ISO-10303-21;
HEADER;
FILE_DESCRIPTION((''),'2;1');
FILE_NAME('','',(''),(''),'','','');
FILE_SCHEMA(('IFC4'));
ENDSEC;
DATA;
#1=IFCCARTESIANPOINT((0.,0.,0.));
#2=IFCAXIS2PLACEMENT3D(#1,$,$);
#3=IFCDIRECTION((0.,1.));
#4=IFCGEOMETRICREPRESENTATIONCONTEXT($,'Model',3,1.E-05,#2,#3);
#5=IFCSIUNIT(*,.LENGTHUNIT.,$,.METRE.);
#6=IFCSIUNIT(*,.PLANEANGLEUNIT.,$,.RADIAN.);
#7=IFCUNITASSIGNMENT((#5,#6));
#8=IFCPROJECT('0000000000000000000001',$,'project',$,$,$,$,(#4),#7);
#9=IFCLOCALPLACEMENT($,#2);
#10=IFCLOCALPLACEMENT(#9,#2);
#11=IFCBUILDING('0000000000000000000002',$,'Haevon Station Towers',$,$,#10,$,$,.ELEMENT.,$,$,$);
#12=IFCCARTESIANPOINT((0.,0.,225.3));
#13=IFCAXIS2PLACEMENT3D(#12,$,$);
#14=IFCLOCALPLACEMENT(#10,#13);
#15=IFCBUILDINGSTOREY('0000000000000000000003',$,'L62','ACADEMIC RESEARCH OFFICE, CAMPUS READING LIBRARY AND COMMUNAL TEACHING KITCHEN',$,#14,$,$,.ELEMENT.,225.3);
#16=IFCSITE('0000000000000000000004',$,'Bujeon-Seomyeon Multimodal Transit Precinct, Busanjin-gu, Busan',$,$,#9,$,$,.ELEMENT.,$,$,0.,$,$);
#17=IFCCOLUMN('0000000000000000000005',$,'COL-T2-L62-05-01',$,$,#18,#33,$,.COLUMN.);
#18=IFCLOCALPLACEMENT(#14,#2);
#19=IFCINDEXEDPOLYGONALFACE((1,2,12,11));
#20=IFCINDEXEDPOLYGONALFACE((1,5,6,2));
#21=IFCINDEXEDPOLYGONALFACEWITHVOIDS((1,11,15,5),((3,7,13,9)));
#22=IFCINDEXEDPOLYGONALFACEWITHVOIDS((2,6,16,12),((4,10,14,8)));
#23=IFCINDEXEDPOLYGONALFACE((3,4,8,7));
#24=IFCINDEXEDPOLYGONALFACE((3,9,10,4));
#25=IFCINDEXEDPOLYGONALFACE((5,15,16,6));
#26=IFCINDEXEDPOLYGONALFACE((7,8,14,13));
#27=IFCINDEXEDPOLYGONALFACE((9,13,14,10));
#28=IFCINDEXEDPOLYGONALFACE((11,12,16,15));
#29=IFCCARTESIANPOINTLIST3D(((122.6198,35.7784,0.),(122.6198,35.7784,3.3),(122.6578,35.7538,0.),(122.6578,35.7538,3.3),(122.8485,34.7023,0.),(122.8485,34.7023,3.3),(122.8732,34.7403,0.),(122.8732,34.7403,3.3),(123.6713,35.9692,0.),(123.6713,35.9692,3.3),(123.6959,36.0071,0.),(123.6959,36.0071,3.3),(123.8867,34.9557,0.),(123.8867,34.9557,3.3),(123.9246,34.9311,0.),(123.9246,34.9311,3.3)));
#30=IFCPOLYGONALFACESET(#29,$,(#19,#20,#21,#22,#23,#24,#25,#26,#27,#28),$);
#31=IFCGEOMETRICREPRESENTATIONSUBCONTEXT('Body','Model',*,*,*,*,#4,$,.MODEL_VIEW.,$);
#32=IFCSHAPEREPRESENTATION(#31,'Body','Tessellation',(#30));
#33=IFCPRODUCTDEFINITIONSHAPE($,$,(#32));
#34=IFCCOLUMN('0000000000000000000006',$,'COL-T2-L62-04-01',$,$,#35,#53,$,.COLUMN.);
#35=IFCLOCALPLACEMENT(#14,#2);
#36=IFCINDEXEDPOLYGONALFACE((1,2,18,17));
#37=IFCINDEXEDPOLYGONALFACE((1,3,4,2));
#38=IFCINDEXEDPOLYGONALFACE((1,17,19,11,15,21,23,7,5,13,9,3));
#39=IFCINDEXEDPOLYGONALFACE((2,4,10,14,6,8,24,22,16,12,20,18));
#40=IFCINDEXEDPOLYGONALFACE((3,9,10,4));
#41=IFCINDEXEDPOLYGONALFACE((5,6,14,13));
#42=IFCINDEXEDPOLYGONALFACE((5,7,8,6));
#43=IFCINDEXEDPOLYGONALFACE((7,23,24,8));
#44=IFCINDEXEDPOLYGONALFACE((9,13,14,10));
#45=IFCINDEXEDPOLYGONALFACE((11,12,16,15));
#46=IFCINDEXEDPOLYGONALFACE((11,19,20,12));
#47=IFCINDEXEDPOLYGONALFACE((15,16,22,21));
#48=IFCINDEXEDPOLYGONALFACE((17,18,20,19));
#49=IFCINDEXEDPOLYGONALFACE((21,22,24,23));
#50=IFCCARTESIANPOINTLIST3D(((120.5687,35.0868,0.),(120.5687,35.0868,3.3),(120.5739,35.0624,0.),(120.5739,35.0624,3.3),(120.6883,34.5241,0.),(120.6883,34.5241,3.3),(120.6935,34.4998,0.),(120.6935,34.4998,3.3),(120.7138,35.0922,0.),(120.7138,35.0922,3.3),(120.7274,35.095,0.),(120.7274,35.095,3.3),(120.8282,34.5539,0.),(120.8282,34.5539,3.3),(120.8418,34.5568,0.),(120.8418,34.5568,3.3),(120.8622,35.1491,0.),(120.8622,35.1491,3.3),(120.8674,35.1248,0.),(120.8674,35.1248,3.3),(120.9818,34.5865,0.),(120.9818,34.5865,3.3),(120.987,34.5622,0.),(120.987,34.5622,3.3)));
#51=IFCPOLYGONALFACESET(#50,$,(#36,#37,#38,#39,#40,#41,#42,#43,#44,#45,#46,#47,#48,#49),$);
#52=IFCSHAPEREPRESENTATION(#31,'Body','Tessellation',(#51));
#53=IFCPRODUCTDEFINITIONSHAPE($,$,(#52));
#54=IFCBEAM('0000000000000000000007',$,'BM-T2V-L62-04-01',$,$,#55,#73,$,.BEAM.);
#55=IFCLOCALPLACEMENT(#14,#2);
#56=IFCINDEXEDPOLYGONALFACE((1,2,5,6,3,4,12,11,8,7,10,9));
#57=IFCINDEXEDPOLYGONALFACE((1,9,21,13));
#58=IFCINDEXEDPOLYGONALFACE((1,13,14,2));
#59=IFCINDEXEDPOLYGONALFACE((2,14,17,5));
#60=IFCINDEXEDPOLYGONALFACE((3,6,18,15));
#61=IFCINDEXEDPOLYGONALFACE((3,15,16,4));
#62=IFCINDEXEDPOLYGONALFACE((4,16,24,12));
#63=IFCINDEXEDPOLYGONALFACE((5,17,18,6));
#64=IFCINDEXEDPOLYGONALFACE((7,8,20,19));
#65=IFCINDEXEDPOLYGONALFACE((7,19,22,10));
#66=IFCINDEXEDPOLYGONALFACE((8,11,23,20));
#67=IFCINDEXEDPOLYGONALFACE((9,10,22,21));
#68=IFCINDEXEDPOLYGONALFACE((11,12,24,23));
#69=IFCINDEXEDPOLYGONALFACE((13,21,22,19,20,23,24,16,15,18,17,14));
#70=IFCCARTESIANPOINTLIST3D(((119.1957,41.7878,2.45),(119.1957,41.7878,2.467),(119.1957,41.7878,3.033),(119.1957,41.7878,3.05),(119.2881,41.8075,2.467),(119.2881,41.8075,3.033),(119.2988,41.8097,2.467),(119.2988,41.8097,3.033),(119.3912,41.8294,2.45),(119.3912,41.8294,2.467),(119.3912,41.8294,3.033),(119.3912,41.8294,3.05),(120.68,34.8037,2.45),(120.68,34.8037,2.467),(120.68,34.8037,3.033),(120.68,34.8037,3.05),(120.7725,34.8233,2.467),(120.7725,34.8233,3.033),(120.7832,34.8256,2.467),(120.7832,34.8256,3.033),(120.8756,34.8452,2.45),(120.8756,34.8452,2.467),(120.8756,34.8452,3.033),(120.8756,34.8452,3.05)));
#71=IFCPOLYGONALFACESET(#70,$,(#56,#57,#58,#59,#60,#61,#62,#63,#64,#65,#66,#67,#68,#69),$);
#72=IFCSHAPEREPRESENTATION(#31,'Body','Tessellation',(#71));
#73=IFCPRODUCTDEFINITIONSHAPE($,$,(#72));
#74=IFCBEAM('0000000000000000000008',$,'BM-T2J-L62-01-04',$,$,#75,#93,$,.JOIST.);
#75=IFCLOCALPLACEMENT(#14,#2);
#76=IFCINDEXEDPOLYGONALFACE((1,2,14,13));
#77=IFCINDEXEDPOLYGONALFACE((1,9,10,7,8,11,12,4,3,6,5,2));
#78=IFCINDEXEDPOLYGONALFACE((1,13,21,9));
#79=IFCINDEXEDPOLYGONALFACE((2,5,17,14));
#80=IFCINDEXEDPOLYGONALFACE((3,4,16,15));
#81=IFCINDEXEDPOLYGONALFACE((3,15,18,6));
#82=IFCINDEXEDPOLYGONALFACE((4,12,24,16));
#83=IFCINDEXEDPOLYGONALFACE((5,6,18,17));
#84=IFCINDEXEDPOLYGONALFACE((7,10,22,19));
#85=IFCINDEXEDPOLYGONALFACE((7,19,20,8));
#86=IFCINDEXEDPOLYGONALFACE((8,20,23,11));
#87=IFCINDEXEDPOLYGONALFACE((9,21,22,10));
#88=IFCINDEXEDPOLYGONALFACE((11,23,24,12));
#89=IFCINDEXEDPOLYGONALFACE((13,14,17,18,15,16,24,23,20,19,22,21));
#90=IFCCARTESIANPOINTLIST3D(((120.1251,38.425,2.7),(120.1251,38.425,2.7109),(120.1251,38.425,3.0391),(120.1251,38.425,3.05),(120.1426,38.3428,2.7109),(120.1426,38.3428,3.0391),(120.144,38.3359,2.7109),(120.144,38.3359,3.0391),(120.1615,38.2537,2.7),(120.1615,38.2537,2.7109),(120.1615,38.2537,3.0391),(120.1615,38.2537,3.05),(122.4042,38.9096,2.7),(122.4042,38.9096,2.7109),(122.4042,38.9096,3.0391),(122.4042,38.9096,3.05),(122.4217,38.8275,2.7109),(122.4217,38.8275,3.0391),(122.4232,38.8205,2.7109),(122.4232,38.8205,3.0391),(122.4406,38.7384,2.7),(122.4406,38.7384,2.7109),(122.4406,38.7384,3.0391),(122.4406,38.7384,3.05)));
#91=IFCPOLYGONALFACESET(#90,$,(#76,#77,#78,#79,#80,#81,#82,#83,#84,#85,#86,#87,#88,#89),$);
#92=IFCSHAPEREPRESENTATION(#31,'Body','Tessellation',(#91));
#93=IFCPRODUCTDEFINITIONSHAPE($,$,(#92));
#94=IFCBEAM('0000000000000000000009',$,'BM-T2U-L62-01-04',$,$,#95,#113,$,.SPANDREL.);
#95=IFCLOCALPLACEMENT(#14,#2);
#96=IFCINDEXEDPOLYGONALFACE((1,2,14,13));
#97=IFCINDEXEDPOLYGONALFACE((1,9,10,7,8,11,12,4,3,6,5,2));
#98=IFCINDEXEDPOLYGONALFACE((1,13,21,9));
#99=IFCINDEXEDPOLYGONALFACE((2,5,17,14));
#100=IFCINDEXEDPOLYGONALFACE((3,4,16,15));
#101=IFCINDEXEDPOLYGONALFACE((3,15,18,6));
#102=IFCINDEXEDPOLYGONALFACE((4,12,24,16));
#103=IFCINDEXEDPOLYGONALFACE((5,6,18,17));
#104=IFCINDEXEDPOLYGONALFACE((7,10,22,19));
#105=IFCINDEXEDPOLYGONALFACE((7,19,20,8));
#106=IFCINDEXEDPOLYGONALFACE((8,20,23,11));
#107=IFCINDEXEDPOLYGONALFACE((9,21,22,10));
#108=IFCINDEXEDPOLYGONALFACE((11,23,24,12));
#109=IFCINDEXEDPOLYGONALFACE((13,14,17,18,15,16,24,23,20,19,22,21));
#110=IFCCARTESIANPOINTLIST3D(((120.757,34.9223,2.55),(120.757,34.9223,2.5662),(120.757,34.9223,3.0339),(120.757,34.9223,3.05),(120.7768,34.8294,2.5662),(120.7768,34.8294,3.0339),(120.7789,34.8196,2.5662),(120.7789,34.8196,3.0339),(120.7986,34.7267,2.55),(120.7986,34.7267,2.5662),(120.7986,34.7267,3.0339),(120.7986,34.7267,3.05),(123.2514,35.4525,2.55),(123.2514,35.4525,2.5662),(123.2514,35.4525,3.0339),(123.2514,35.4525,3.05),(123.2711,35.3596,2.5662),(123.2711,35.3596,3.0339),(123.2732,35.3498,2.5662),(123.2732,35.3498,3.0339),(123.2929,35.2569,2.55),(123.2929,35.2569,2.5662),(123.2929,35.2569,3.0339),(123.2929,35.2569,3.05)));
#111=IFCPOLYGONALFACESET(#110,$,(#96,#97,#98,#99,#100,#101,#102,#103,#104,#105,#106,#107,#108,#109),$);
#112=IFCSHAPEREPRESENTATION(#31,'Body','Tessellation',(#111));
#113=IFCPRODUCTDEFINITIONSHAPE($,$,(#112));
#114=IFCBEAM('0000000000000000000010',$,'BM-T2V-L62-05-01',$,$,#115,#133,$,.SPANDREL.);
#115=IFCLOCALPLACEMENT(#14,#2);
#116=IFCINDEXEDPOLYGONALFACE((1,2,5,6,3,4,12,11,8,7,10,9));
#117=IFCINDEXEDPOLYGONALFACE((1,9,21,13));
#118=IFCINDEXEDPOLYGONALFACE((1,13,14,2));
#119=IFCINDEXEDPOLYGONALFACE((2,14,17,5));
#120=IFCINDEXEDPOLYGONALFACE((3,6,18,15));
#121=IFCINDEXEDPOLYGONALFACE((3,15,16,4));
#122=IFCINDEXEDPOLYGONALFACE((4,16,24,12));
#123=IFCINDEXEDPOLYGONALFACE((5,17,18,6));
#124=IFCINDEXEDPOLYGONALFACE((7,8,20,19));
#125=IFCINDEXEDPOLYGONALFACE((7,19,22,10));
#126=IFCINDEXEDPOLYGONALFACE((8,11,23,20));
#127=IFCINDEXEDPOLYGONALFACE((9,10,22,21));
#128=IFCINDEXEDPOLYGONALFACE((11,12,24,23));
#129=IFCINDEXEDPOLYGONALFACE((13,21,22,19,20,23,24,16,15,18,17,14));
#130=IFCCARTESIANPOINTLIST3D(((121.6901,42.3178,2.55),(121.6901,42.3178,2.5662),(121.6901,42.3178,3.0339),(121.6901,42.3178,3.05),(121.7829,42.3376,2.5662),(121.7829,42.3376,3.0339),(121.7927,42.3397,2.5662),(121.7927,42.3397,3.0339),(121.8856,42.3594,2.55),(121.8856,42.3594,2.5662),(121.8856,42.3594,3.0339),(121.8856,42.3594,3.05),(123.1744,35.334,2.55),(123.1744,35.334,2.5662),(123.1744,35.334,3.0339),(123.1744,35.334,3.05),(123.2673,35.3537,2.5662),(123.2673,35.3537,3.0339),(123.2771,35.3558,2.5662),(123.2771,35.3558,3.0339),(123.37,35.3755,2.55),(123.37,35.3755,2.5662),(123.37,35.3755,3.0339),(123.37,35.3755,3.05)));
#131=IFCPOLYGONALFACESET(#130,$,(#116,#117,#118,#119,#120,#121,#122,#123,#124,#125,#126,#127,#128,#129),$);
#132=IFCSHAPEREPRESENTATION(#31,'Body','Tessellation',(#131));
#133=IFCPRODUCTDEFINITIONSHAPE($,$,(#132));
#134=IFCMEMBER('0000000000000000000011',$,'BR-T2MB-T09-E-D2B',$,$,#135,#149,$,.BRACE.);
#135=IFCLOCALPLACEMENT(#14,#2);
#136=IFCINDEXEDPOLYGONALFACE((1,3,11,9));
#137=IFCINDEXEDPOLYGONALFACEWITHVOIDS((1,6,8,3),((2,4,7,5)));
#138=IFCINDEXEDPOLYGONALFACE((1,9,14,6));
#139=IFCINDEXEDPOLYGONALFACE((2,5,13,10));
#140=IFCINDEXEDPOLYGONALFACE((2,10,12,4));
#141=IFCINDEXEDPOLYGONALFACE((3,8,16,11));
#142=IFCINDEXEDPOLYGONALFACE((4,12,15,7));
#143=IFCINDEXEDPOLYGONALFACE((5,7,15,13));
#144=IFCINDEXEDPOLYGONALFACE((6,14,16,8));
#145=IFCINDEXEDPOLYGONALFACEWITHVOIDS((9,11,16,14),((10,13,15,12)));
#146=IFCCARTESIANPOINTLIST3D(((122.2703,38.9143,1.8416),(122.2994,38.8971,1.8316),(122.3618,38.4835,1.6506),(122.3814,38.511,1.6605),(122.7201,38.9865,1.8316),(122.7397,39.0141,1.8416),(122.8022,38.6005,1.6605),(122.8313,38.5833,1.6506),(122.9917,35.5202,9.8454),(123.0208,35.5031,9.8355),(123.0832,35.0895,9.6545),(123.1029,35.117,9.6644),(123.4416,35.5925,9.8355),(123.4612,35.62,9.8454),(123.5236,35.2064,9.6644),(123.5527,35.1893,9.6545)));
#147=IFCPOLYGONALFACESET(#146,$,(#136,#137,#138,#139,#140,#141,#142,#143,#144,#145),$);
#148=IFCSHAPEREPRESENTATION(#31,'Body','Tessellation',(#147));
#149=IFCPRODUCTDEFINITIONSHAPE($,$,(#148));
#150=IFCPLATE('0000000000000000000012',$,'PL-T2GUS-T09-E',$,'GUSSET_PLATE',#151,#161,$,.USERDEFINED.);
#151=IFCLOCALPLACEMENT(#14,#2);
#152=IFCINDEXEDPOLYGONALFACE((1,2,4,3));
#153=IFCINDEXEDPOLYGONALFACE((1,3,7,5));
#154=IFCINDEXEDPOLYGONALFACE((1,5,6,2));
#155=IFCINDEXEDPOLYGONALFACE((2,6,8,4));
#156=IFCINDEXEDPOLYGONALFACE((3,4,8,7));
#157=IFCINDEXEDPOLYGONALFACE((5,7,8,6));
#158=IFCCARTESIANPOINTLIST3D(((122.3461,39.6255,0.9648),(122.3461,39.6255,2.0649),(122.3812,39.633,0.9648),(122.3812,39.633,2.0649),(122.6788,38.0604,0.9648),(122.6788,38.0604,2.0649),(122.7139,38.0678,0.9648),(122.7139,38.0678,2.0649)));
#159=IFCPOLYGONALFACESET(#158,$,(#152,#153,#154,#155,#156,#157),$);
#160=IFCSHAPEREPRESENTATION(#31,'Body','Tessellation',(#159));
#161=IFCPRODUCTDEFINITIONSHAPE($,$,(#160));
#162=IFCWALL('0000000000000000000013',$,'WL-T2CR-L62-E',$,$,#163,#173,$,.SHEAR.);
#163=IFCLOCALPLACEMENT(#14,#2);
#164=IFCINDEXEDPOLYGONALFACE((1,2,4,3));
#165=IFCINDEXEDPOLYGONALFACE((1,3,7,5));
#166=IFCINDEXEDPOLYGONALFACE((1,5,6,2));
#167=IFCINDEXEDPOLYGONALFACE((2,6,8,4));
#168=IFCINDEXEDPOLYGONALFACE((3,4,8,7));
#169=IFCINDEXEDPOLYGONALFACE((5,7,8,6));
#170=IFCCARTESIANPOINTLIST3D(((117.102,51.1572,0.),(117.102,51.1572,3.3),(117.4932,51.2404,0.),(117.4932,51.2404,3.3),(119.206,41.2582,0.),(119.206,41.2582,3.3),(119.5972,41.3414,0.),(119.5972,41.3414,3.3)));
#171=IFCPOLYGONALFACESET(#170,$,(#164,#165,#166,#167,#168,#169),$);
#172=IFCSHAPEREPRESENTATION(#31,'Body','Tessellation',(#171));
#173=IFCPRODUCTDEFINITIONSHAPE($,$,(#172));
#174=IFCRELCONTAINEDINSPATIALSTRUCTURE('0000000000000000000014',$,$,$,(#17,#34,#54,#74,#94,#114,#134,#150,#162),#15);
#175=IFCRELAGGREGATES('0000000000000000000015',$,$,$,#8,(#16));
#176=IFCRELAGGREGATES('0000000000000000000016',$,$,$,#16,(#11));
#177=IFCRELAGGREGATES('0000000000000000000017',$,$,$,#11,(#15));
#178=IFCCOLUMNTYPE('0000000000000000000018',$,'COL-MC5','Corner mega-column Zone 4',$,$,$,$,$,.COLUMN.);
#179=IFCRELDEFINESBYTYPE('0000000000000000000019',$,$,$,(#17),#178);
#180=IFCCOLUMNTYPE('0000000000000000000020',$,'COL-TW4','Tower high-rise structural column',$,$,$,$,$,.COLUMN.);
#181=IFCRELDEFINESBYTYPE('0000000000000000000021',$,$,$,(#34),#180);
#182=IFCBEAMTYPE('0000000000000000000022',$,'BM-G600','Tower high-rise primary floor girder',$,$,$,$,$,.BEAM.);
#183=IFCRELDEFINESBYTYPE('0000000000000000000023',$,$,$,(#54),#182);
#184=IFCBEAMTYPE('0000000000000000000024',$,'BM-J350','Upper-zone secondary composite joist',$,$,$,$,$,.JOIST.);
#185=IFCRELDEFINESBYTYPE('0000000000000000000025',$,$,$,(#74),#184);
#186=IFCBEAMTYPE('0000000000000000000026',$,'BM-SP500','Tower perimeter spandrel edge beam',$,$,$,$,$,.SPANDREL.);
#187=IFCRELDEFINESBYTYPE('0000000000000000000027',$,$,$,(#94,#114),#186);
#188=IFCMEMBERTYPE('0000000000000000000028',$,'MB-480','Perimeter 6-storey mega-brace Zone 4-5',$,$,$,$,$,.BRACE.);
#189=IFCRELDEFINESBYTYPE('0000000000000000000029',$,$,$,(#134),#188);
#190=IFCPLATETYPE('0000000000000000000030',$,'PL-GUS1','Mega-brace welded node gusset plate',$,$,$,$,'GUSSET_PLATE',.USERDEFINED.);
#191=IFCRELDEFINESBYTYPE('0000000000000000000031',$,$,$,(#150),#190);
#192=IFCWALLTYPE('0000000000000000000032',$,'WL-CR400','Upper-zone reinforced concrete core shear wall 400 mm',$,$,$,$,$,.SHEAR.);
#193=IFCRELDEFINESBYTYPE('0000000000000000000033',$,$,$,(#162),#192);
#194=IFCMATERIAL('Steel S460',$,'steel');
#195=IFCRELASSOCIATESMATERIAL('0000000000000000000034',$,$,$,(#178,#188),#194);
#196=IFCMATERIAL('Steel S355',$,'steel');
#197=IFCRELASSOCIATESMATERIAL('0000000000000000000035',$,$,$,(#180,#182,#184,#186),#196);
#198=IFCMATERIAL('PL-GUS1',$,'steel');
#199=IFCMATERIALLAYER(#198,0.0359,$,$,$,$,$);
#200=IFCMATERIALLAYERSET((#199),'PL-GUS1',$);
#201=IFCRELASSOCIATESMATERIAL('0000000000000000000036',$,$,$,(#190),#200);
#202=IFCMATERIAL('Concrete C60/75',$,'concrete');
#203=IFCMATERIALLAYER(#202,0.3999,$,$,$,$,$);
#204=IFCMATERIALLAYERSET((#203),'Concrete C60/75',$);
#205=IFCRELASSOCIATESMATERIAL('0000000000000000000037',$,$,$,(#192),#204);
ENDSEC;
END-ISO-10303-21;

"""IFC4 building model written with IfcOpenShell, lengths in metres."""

from ifc_helpers import new_model, si_unit, direction, frame, frame_2d, origin, origin_2d, place, context, subcontext, project, spatial, rectangle, hollow_rectangle, i_section, extrude, material, layer, layer_set, material_profile, profile_set, type_object, element, save


model = new_model("IFC4")

# Units and contexts
model_context = context("Model", 3, precision=1e-05, world=origin(), true_north=direction((0.0, 1.0)))
body_context = subcontext(model_context, "Body", "Model", "MODEL_VIEW")
ifc_project = project(units=[si_unit("LENGTHUNIT", "METRE"), si_unit("PLANEANGLEUNIT", "RADIAN")], contexts=[model_context])

# Site, building, storey
site_placement = place(None, origin())
site = spatial("IfcSite", under=ifc_project, at=site_placement, Name="Bujeon-Seomyeon Multimodal Transit Precinct, Busanjin-gu, Busan", CompositionType="ELEMENT", RefElevation=0.0)
building_placement = place(site_placement, origin())
building = spatial("IfcBuilding", under=site, at=building_placement, Name="Haevon Station Towers", CompositionType="ELEMENT")
storey_placement = place(building_placement, frame((0.0, 0.0, 225.3)))
storey = spatial("IfcBuildingStorey", under=building, at=storey_placement, Name="L62", Description="ACADEMIC RESEARCH OFFICE, CAMPUS READING LIBRARY AND COMMUNAL TEACHING KITCHEN", CompositionType="ELEMENT", Elevation=225.3)

# Columns
ifc_material_1 = material(Name="Steel S460", Category="steel")
ifc_material_profile_1 = material_profile(ifc_material_1, hollow_rectangle(XDim=1.1001, YDim=1.1001, WallThickness=0.032, at=origin_2d()), Name="BOX-1100x1100x32")
ifc_profile_set_1 = profile_set([ifc_material_profile_1], Name="Steel S460")
column_type_1 = type_object("IfcColumnType", Name="COL-MC5", Description="Corner mega-column Zone 4", PredefinedType="COLUMN", material=ifc_profile_set_1)
column_1_placement = place(storey_placement, frame((123.2722, 35.3547, 0.0), z_axis=(0.0, 0.0, 1.0), x_axis=(0.978148, 0.207912, 0.0)))
element("IfcColumn", 1, at=column_1_placement, inside=storey, type_object=column_type_1, Name="COL-T2-L62-05-01", PredefinedType="COLUMN", context=body_context, shape_type="SweptSolid", body=[
    extrude(hollow_rectangle(XDim=1.1001, YDim=1.1001, WallThickness=0.032, at=origin_2d()), origin(), (0.0, 0.0, 1.0), 3.3),
])
ifc_material_2 = material(Name="Steel S355", Category="steel")
ifc_material_profile_2 = material_profile(ifc_material_2, i_section(OverallWidth=0.3, OverallDepth=0.6001, WebThickness=0.0139, FlangeThickness=0.0249, at=origin_2d()), Name="H-600x300x14x25")
ifc_profile_set_2 = profile_set([ifc_material_profile_2], Name="Steel S355")
column_type_2 = type_object("IfcColumnType", Name="COL-TW4", Description="Tower high-rise structural column", PredefinedType="COLUMN", material=ifc_profile_set_2)
column_2_placement = place(storey_placement, frame((120.7778, 34.8245, 0.0), z_axis=(0.0, 0.0, 1.0), x_axis=(0.978148, 0.207912, 0.0)))
element("IfcColumn", 2, at=column_2_placement, inside=storey, type_object=column_type_2, Name="COL-T2-L62-04-01", PredefinedType="COLUMN", context=body_context, shape_type="SweptSolid", body=[
    extrude(i_section(OverallWidth=0.3, OverallDepth=0.6001, WebThickness=0.0139, FlangeThickness=0.0249, at=origin_2d()), origin(), (0.0, 0.0, 1.0), 3.3),
])

# Beams
ifc_material_profile_3 = material_profile(ifc_material_2, i_section(OverallWidth=0.2, OverallDepth=0.6001, WebThickness=0.011, FlangeThickness=0.0171, at=origin_2d()), Name="H-600x200x11x17")
ifc_profile_set_3 = profile_set([ifc_material_profile_3], Name="Steel S355")
beam_type_1 = type_object("IfcBeamType", Name="BM-G600", Description="Tower high-rise primary floor girder", PredefinedType="BEAM", material=ifc_profile_set_3)
beam_1_placement = place(storey_placement, frame((120.7778, 34.8245, 2.75), z_axis=(-0.207892, 0.978152, 0.0), x_axis=(-0.978152, -0.207892, 0.0)))
element("IfcBeam", 3, at=beam_1_placement, inside=storey, type_object=beam_type_1, Name="BM-T2V-L62-04-01", PredefinedType="BEAM", context=body_context, shape_type="SweptSolid", body=[
    extrude(i_section(OverallWidth=0.2, OverallDepth=0.6001, WebThickness=0.011, FlangeThickness=0.0171, at=origin_2d()), origin(), (0.0, 0.0, 1.0), 7.1401),
])
ifc_material_profile_4 = material_profile(ifc_material_2, i_section(OverallWidth=0.175, OverallDepth=0.3501, WebThickness=0.0071, FlangeThickness=0.011, at=origin_2d()), Name="H-350x175x7x11")
ifc_profile_set_4 = profile_set([ifc_material_profile_4], Name="Steel S355")
beam_type_2 = type_object("IfcBeamType", Name="BM-J350", Description="Upper-zone secondary composite joist", PredefinedType="JOIST", material=ifc_profile_set_4)
beam_2_placement = place(storey_placement, frame((120.1433, 38.3394, 2.875), z_axis=(0.978131, 0.20799, 0.0), x_axis=(-0.20799, 0.978131, 0.0)))
element("IfcBeam", 4, at=beam_2_placement, inside=storey, type_object=beam_type_2, Name="BM-T2J-L62-01-04", PredefinedType="JOIST", context=body_context, shape_type="SweptSolid", body=[
    extrude(i_section(OverallWidth=0.175, OverallDepth=0.3501, WebThickness=0.0071, FlangeThickness=0.011, at=origin_2d()), origin(), (0.0, 0.0, 1.0), 2.3301),
])
ifc_material_profile_5 = material_profile(ifc_material_2, i_section(OverallWidth=0.2, OverallDepth=0.5, WebThickness=0.01, FlangeThickness=0.0161, at=origin_2d()), Name="H-500x200x10x16")
ifc_profile_set_5 = profile_set([ifc_material_profile_5], Name="Steel S355")
beam_type_3 = type_object("IfcBeamType", Name="BM-SP500", Description="Tower perimeter spandrel edge beam", PredefinedType="SPANDREL", material=ifc_profile_set_5)
beam_3_placement = place(storey_placement, frame((120.7778, 34.8245, 2.8), z_axis=(0.978142, 0.20794, 0.0), x_axis=(-0.20794, 0.978142, 0.0)))
element("IfcBeam", 5, at=beam_3_placement, inside=storey, type_object=beam_type_3, Name="BM-T2U-L62-01-04", PredefinedType="SPANDREL", context=body_context, shape_type="SweptSolid", body=[
    extrude(i_section(OverallWidth=0.2, OverallDepth=0.5, WebThickness=0.01, FlangeThickness=0.0161, at=origin_2d()), origin(), (0.0, 0.0, 1.0), 2.55),
])
beam_4_placement = place(storey_placement, frame((123.2722, 35.3547, 2.8), z_axis=(-0.207899, 0.97815, 0.0), x_axis=(-0.97815, -0.207899, 0.0)))
element("IfcBeam", 6, at=beam_4_placement, inside=storey, type_object=beam_type_3, Name="BM-T2V-L62-05-01", PredefinedType="SPANDREL", context=body_context, shape_type="SweptSolid", body=[
    extrude(i_section(OverallWidth=0.2, OverallDepth=0.5, WebThickness=0.01, FlangeThickness=0.0161, at=origin_2d()), origin(), (0.0, 0.0, 1.0), 7.1399),
])

# Member
ifc_material_profile_6 = material_profile(ifc_material_1, hollow_rectangle(XDim=0.48, YDim=0.48, WallThickness=0.0249, at=origin_2d()), Name="RHS-480x480x25")
ifc_profile_set_6 = profile_set([ifc_material_profile_6], Name="Steel S460")
member_type = type_object("IfcMemberType", Name="MB-480", Description="Perimeter 6-storey mega-brace Zone 4-5", PredefinedType="BRACE", material=ifc_profile_set_6)
member_placement = place(storey_placement, frame((122.5508, 38.7488, 1.7461), z_axis=(0.082699, -0.389061, 0.917492), x_axis=(0.978147, 0.207914, 0.0)))
element("IfcMember", 7, at=member_placement, inside=storey, type_object=member_type, Name="BR-T2MB-T09-E-D2B", PredefinedType="BRACE", context=body_context, shape_type="SweptSolid", body=[
    extrude(hollow_rectangle(XDim=0.48, YDim=0.48, WallThickness=0.0249, at=origin_2d()), origin(), (0.0, 0.0, 1.0), 8.7236),
])

# Plate
ifc_material_3 = material(Name="PL-GUS1", Category="steel")
ifc_layer_1 = layer(ifc_material_3, 0.0359)
ifc_layer_set_1 = layer_set([ifc_layer_1], Name="PL-GUS1")
plate_type = type_object("IfcPlateType", Name="PL-GUS1", Description="Mega-brace welded node gusset plate", ElementType="GUSSET_PLATE", PredefinedType="USERDEFINED", material=ifc_layer_set_1)
plate_placement = place(storey_placement, frame((122.53, 38.8467, 0.9648), z_axis=(0.0, 0.0, 1.0), x_axis=(-0.207912, 0.978148, 0.0)))
element("IfcPlate", 8, at=plate_placement, inside=storey, type_object=plate_type, Name="PL-T2GUS-T09-E", ObjectType="GUSSET_PLATE", PredefinedType="USERDEFINED", context=body_context, shape_type="SweptSolid", body=[
    extrude(rectangle(XDim=1.6001, YDim=0.0359, at=origin_2d()), origin(), (0.0, 0.0, 1.0), 1.1001),
])

# Wall
ifc_material_4 = material(Name="Concrete C60/75", Category="concrete")
ifc_layer_2 = layer(ifc_material_4, 0.3999)
ifc_layer_set_2 = layer_set([ifc_layer_2], Name="Concrete C60/75")
wall_type_1 = type_object("IfcWallType", Name="WL-CR400", Description="Upper-zone reinforced concrete core shear wall 400 mm", PredefinedType="SHEAR", material=ifc_layer_set_2)
wall_1_placement = place(storey_placement, frame((119.4016, 41.2998, 0.0), z_axis=(0.0, 0.0, 1.0), x_axis=(-0.207904, 0.978149, 0.0)))
element("IfcWall", 9, at=wall_1_placement, inside=storey, type_object=wall_type_1, Name="WL-T2CR-L62-E", PredefinedType="SHEAR", context=body_context, shape_type="SweptSolid", body=[
    extrude(rectangle(XDim=10.1201, YDim=0.3999, at=frame_2d((5.0601, 0.0))), origin(), (0.0, 0.0, 1.0), 3.3),
])

save(model, "model.ifc")
